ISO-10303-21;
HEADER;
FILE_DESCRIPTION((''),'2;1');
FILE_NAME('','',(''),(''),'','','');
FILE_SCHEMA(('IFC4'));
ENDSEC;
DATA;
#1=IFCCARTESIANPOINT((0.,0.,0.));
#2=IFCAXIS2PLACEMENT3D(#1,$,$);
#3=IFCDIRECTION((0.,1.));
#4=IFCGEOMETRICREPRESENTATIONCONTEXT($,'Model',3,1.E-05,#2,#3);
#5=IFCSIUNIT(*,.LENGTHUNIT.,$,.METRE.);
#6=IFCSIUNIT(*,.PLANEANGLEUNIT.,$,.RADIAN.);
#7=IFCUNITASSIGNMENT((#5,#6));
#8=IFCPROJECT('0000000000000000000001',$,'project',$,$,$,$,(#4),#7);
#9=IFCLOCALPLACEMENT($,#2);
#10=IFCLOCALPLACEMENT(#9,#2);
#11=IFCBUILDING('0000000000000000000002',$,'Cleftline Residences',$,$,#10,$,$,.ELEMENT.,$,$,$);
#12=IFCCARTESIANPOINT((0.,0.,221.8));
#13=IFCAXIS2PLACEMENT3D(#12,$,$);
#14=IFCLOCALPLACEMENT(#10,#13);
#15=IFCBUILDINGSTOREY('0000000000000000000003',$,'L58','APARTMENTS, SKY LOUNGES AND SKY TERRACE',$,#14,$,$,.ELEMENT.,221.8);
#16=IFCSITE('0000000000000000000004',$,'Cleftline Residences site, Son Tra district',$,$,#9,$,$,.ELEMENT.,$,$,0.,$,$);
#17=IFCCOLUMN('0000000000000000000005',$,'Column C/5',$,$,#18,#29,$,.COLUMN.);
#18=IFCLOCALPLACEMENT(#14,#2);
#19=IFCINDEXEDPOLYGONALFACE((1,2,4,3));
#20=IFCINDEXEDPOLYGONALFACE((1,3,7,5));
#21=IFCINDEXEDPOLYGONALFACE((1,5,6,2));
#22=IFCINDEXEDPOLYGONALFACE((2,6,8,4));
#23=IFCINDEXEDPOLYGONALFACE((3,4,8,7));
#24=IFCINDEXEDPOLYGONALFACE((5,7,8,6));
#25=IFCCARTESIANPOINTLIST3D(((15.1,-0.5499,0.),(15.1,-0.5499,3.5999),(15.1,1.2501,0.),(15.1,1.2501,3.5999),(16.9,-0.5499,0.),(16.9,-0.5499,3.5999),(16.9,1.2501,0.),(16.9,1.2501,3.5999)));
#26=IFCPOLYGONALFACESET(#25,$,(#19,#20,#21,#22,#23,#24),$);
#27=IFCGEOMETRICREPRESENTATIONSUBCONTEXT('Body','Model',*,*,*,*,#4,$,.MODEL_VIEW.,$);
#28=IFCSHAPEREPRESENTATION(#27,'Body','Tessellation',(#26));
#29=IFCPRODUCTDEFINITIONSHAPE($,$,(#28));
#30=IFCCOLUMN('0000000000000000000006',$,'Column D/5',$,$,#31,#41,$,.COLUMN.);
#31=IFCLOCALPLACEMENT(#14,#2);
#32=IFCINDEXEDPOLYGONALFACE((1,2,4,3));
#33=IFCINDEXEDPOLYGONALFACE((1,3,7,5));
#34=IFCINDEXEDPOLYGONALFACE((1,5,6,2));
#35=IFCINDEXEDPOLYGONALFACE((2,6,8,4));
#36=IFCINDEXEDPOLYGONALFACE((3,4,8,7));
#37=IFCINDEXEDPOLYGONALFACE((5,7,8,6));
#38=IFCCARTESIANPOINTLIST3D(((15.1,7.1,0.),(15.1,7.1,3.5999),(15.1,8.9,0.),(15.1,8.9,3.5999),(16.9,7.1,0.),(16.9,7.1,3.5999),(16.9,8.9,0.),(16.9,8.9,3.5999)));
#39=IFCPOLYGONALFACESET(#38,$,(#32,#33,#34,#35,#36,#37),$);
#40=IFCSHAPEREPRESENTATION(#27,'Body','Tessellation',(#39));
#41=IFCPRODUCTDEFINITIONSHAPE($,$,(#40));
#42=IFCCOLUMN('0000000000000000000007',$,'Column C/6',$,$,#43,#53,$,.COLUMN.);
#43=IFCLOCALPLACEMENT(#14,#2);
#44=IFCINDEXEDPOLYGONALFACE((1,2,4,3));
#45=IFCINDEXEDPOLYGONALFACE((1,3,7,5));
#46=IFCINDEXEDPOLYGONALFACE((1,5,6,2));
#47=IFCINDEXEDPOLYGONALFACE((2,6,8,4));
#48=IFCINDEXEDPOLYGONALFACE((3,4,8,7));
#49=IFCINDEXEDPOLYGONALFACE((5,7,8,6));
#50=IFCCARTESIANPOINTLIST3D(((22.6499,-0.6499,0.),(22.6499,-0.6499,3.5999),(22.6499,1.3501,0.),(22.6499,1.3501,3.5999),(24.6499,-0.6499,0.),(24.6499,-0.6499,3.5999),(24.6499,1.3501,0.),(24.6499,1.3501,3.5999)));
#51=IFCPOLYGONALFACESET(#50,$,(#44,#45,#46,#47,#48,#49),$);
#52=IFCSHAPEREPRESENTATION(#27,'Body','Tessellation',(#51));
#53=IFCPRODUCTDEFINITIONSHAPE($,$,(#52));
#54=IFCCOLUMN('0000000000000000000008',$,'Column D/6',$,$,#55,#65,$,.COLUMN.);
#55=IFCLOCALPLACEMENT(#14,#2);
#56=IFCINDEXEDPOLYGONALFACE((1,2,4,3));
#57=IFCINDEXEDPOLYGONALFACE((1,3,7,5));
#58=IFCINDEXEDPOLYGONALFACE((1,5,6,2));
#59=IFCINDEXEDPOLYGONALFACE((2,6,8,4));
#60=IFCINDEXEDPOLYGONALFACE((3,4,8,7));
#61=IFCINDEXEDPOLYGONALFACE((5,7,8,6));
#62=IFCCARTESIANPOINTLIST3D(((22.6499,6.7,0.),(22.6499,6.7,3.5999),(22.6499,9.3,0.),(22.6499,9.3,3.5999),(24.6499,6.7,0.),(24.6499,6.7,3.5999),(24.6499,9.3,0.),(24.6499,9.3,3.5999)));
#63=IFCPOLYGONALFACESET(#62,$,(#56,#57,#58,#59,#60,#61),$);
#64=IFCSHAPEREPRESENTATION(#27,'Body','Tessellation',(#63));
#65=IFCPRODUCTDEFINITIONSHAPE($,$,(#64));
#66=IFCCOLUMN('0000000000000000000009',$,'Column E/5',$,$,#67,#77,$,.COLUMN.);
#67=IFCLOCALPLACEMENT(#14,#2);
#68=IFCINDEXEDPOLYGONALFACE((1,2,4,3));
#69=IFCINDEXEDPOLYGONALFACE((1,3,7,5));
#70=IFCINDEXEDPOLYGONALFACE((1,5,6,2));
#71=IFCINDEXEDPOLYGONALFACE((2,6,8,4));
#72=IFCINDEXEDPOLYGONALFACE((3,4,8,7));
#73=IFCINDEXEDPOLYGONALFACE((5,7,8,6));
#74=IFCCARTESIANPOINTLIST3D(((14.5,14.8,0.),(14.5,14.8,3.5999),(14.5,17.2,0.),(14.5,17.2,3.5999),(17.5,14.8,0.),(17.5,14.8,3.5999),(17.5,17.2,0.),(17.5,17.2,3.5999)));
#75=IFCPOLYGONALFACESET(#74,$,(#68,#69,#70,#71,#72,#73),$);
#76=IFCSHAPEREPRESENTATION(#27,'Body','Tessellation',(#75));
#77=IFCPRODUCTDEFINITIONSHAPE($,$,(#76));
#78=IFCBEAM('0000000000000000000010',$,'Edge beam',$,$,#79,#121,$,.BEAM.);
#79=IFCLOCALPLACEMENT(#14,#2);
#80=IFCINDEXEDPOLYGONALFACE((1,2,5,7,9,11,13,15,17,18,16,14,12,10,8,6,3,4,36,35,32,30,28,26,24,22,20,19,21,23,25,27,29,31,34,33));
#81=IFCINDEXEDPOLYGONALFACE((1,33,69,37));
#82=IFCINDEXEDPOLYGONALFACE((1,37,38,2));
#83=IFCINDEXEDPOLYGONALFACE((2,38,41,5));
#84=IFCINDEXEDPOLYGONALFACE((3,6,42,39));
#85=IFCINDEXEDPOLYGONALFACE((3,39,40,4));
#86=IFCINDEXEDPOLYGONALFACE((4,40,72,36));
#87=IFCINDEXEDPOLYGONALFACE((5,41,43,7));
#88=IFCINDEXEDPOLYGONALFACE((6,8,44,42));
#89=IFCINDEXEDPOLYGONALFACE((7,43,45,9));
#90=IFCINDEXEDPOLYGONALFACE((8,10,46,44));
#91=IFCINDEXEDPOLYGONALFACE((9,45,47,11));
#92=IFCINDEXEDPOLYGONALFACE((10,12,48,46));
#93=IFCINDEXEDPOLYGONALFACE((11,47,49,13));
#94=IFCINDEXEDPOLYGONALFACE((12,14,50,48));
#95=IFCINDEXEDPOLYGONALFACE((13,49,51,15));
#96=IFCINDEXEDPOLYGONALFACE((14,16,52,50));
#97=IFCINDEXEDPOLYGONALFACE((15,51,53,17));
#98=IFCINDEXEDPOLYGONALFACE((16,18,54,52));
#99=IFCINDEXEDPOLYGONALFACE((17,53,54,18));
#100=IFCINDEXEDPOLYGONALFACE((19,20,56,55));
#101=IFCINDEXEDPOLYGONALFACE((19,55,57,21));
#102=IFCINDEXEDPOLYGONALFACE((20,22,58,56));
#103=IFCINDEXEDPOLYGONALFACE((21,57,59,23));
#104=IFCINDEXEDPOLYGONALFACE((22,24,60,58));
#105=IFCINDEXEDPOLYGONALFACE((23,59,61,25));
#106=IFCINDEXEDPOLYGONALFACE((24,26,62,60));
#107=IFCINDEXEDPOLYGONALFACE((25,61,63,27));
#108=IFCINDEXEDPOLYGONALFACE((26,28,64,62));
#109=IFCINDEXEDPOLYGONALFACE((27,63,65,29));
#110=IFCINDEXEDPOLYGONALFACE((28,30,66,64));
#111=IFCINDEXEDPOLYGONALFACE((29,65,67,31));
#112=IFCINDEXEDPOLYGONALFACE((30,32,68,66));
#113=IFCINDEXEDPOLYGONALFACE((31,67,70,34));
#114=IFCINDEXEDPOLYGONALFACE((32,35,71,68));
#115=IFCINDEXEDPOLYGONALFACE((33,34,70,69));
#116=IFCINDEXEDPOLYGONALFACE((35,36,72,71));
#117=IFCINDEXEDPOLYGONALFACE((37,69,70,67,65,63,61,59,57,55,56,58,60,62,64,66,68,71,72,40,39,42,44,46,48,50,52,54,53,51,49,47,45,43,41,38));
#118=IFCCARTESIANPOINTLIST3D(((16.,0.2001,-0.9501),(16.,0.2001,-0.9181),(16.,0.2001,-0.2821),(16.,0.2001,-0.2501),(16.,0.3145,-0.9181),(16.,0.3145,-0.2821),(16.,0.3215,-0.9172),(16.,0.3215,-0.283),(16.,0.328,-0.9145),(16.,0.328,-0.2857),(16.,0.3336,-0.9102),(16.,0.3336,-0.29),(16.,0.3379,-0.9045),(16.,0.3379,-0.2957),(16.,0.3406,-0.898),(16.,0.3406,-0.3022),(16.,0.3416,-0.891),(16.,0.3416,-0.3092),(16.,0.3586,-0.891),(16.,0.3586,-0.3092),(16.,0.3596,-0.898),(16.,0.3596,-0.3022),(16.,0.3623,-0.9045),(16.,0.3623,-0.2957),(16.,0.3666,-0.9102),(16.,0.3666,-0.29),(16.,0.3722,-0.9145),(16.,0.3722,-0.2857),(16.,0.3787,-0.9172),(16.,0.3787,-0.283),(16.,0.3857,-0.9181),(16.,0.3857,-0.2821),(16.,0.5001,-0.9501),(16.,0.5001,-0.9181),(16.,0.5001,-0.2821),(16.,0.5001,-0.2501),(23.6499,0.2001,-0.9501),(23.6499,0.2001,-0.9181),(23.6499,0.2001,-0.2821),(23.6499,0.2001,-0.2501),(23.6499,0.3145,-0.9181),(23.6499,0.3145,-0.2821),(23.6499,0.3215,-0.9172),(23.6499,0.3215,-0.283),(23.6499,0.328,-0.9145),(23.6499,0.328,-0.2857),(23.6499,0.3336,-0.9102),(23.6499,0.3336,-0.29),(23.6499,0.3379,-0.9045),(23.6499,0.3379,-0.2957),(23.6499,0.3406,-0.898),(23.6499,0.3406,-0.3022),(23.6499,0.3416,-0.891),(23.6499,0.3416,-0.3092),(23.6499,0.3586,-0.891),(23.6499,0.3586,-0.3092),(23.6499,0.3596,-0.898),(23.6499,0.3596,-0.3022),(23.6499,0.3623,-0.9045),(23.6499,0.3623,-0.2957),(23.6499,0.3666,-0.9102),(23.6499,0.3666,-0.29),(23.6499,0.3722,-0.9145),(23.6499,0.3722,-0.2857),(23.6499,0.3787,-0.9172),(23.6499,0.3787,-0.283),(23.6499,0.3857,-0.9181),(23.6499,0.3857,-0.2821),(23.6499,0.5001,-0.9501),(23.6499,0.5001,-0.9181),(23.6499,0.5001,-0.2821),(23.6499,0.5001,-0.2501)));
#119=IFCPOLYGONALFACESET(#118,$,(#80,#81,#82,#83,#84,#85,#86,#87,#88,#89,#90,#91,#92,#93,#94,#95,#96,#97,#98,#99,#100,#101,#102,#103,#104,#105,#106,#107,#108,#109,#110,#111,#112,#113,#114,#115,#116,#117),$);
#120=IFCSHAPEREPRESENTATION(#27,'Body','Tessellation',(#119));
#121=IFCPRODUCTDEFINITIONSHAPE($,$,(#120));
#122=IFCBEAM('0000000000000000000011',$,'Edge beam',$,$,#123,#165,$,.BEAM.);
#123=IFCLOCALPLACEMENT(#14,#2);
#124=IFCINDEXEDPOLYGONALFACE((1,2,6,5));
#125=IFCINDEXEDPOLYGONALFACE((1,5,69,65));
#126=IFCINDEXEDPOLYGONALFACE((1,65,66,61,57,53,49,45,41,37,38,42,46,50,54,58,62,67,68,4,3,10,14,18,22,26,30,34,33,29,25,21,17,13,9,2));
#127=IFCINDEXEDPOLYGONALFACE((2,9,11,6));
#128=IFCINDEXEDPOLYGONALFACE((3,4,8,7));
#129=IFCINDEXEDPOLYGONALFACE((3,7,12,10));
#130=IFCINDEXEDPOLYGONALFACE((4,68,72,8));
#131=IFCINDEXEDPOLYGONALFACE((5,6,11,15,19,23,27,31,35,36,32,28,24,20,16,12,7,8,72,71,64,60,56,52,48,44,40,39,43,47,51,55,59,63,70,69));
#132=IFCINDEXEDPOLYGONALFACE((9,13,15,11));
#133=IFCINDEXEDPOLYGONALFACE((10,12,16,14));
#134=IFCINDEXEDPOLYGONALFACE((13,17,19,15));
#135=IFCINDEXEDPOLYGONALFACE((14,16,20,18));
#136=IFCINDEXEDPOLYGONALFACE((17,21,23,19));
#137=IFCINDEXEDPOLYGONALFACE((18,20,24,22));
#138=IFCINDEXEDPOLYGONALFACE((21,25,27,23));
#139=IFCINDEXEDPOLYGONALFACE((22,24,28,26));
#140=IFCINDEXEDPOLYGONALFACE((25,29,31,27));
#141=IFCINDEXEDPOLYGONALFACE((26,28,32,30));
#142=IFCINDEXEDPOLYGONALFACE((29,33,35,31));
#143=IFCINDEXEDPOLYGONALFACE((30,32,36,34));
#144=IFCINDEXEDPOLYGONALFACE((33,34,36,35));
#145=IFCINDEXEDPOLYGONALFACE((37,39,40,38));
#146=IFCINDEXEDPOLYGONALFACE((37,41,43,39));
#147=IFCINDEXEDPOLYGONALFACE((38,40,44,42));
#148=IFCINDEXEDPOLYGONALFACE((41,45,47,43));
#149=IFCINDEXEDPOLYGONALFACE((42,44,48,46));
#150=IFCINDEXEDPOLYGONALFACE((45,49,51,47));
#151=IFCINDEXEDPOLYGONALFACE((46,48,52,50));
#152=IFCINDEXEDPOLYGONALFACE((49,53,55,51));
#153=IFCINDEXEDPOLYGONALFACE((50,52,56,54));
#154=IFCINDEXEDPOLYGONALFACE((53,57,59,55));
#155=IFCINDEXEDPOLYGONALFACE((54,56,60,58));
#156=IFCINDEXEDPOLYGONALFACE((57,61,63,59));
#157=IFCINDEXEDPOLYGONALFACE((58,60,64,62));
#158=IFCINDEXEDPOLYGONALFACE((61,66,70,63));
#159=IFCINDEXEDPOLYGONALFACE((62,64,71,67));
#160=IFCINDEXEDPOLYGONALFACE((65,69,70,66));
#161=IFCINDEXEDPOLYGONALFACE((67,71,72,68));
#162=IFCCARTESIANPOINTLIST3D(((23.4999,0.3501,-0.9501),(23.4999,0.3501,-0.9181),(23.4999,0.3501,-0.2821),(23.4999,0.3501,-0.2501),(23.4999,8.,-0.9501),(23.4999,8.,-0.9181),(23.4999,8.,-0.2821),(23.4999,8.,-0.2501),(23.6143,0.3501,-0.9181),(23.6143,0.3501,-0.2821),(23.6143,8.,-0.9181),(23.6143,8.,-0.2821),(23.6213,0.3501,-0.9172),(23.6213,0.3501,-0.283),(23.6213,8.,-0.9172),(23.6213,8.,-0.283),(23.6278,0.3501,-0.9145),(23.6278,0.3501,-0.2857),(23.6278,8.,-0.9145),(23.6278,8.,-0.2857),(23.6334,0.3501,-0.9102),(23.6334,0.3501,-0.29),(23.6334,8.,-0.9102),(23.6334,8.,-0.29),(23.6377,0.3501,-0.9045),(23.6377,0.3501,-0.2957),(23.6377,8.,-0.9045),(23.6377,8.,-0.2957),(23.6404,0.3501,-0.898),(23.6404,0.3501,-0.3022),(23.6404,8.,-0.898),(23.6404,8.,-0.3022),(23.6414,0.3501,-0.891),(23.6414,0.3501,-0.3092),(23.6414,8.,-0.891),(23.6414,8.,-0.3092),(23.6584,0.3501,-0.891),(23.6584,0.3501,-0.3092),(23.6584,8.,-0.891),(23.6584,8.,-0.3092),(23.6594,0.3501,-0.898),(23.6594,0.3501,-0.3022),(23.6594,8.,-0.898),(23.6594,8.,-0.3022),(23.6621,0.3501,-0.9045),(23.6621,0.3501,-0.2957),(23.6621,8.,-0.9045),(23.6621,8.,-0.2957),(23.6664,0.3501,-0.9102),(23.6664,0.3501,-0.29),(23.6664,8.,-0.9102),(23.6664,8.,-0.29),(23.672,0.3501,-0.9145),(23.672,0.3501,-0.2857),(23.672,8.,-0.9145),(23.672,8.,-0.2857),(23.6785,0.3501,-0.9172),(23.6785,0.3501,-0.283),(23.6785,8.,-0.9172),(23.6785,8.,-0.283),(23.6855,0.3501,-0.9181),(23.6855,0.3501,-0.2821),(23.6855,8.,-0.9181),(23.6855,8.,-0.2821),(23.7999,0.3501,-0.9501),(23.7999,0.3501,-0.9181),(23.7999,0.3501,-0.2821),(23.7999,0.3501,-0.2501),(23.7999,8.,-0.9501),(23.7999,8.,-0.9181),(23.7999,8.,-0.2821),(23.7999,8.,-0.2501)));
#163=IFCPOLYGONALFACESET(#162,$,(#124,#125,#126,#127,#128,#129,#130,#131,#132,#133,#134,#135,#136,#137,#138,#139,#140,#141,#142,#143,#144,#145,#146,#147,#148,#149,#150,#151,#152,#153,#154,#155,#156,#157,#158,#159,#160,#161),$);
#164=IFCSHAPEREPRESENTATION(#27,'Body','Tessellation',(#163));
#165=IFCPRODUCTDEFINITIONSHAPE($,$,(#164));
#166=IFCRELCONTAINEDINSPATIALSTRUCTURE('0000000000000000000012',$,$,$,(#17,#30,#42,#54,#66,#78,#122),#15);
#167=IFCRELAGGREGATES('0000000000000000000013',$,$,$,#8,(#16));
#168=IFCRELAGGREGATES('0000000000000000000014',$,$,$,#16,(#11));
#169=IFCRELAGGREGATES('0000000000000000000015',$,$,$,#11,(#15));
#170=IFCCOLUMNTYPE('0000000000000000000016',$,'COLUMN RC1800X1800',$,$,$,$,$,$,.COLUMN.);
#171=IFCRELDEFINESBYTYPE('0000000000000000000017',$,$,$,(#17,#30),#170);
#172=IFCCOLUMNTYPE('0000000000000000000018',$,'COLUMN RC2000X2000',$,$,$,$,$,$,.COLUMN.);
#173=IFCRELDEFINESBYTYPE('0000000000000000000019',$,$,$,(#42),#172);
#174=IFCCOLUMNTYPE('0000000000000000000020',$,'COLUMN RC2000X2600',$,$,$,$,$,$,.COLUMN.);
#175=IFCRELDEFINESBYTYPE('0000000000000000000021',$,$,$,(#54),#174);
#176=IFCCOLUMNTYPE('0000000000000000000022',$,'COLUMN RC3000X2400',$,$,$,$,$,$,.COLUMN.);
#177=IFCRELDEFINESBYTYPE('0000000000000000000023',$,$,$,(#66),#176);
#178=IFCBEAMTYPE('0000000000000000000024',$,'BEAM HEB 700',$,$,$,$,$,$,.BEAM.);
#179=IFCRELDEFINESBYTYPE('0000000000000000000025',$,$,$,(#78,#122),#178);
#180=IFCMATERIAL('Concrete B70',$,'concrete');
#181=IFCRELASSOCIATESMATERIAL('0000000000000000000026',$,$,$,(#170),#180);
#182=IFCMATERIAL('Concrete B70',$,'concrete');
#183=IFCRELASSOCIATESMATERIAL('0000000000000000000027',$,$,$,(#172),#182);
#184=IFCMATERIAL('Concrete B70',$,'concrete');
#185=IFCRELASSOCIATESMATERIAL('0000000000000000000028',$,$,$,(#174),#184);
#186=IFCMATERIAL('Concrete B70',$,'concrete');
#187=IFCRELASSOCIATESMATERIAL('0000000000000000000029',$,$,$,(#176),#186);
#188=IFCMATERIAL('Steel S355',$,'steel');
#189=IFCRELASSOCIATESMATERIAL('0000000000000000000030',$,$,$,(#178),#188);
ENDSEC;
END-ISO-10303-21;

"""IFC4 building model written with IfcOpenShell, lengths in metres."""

from ifc_helpers import new_model, si_unit, direction, frame, origin, origin_2d, place, context, subcontext, project, spatial, rectangle, i_section, extrude, material, material_profile, profile_set, type_object, element, save


model = new_model("IFC4")

# Units and contexts
model_context = context("Model", 3, precision=1e-05, world=origin(), true_north=direction((0.0, 1.0)))
body_context = subcontext(model_context, "Body", "Model", "MODEL_VIEW")
ifc_project = project(units=[si_unit("LENGTHUNIT", "METRE"), si_unit("PLANEANGLEUNIT", "RADIAN")], contexts=[model_context])

# Site, building, storey
site_placement = place(None, origin())
site = spatial("IfcSite", under=ifc_project, at=site_placement, Name="Cleftline Residences site, Son Tra district", CompositionType="ELEMENT", RefElevation=0.0)
building_placement = place(site_placement, origin())
building = spatial("IfcBuilding", under=site, at=building_placement, Name="Cleftline Residences", CompositionType="ELEMENT")
storey_placement = place(building_placement, frame((0.0, 0.0, 221.8)))
storey = spatial("IfcBuildingStorey", under=building, at=storey_placement, Name="L58", Description="APARTMENTS, SKY LOUNGES AND SKY TERRACE", CompositionType="ELEMENT", Elevation=221.8)

# Columns
ifc_material_1 = material(Name="Concrete B70", Category="concrete")
ifc_material_profile_1 = material_profile(ifc_material_1, rectangle(XDim=1.8, YDim=1.8, at=origin_2d()))
ifc_profile_set_1 = profile_set([ifc_material_profile_1], Name="Concrete B70")
column_type_1 = type_object("IfcColumnType", Name="COLUMN RC1800X1800", PredefinedType="COLUMN", material=ifc_profile_set_1)
for number, where, z_axis, x_axis, name in (
    (1, (16.0, 0.3501, 0.0), (0.0, 0.0, 1.0), (1.0, 0.0, 0.0), "Column C/5"),
    (2, (16.0, 8.0, 0.0), (0.0, 0.0, 1.0), (1.0, 0.0, 0.0), "Column D/5"),
):
    element("IfcColumn", number, at=place(storey_placement, frame(where, z_axis=z_axis, x_axis=x_axis)), inside=storey, type_object=column_type_1, Name=name, PredefinedType="COLUMN", context=body_context, shape_type="SweptSolid", body=[
        extrude(rectangle(XDim=1.8, YDim=1.8, at=origin_2d()), origin(), (0.0, 0.0, 1.0), 3.5999),
    ])
ifc_material_2 = material(Name="Concrete B70", Category="concrete")
ifc_material_profile_2 = material_profile(ifc_material_2, rectangle(XDim=2.0, YDim=2.0, at=origin_2d()))
ifc_profile_set_2 = profile_set([ifc_material_profile_2], Name="Concrete B70")
column_type_2 = type_object("IfcColumnType", Name="COLUMN RC2000X2000", PredefinedType="COLUMN", material=ifc_profile_set_2)
column_1_placement = place(storey_placement, frame((23.6499, 0.3501, 0.0), z_axis=(0.0, 0.0, 1.0), x_axis=(1.0, 0.0, 0.0)))
element("IfcColumn", 3, at=column_1_placement, inside=storey, type_object=column_type_2, Name="Column C/6", PredefinedType="COLUMN", context=body_context, shape_type="SweptSolid", body=[
    extrude(rectangle(XDim=2.0, YDim=2.0, at=origin_2d()), origin(), (0.0, 0.0, 1.0), 3.5999),
])
ifc_material_3 = material(Name="Concrete B70", Category="concrete")
ifc_material_profile_3 = material_profile(ifc_material_3, rectangle(XDim=2.0, YDim=2.6001, at=origin_2d()))
ifc_profile_set_3 = profile_set([ifc_material_profile_3], Name="Concrete B70")
column_type_3 = type_object("IfcColumnType", Name="COLUMN RC2000X2600", PredefinedType="COLUMN", material=ifc_profile_set_3)
column_2_placement = place(storey_placement, frame((23.6499, 8.0, 0.0), z_axis=(0.0, 0.0, 1.0), x_axis=(1.0, 0.0, 0.0)))
element("IfcColumn", 4, at=column_2_placement, inside=storey, type_object=column_type_3, Name="Column D/6", PredefinedType="COLUMN", context=body_context, shape_type="SweptSolid", body=[
    extrude(rectangle(XDim=2.0, YDim=2.6001, at=origin_2d()), origin(), (0.0, 0.0, 1.0), 3.5999),
])
ifc_material_4 = material(Name="Concrete B70", Category="concrete")
ifc_material_profile_4 = material_profile(ifc_material_4, rectangle(XDim=3.0, YDim=2.3999, at=origin_2d()))
ifc_profile_set_4 = profile_set([ifc_material_profile_4], Name="Concrete B70")
column_type_4 = type_object("IfcColumnType", Name="COLUMN RC3000X2400", PredefinedType="COLUMN", material=ifc_profile_set_4)
column_3_placement = place(storey_placement, frame((16.0, 16.0, 0.0), z_axis=(0.0, 0.0, 1.0), x_axis=(1.0, 0.0, 0.0)))
element("IfcColumn", 5, at=column_3_placement, inside=storey, type_object=column_type_4, Name="Column E/5", PredefinedType="COLUMN", context=body_context, shape_type="SweptSolid", body=[
    extrude(rectangle(XDim=3.0, YDim=2.3999, at=origin_2d()), origin(), (0.0, 0.0, 1.0), 3.5999),
])

# Beams
ifc_material_5 = material(Name="Steel S355", Category="steel")
ifc_material_profile_5 = material_profile(ifc_material_5, i_section(OverallWidth=0.3, OverallDepth=0.7, WebThickness=0.0171, FlangeThickness=0.032, FilletRadius=0.0271, at=origin_2d()))
ifc_profile_set_5 = profile_set([ifc_material_profile_5], Name="Steel S355")
beam_type_1 = type_object("IfcBeamType", Name="BEAM HEB 700", PredefinedType="BEAM", material=ifc_profile_set_5)
for number, where, z_axis, x_axis, name in (
    (6, (16.0, 0.3501, -0.6001), (1.0, 0.0, 0.0), (0.0, 1.0, 0.0), "Edge beam"),
    (7, (23.6499, 0.3501, -0.6001), (0.0, 1.0, 0.0), (-1.0, 0.0, 0.0), "Edge beam"),
):
    element("IfcBeam", number, at=place(storey_placement, frame(where, z_axis=z_axis, x_axis=x_axis)), inside=storey, type_object=beam_type_1, Name=name, PredefinedType="BEAM", context=body_context, shape_type="SweptSolid", body=[
        extrude(i_section(OverallWidth=0.3, OverallDepth=0.7, WebThickness=0.0171, FlangeThickness=0.032, FilletRadius=0.0271, at=origin_2d()), origin(), (0.0, 0.0, 1.0), 7.6499),
    ])

save(model, "model.ifc")
